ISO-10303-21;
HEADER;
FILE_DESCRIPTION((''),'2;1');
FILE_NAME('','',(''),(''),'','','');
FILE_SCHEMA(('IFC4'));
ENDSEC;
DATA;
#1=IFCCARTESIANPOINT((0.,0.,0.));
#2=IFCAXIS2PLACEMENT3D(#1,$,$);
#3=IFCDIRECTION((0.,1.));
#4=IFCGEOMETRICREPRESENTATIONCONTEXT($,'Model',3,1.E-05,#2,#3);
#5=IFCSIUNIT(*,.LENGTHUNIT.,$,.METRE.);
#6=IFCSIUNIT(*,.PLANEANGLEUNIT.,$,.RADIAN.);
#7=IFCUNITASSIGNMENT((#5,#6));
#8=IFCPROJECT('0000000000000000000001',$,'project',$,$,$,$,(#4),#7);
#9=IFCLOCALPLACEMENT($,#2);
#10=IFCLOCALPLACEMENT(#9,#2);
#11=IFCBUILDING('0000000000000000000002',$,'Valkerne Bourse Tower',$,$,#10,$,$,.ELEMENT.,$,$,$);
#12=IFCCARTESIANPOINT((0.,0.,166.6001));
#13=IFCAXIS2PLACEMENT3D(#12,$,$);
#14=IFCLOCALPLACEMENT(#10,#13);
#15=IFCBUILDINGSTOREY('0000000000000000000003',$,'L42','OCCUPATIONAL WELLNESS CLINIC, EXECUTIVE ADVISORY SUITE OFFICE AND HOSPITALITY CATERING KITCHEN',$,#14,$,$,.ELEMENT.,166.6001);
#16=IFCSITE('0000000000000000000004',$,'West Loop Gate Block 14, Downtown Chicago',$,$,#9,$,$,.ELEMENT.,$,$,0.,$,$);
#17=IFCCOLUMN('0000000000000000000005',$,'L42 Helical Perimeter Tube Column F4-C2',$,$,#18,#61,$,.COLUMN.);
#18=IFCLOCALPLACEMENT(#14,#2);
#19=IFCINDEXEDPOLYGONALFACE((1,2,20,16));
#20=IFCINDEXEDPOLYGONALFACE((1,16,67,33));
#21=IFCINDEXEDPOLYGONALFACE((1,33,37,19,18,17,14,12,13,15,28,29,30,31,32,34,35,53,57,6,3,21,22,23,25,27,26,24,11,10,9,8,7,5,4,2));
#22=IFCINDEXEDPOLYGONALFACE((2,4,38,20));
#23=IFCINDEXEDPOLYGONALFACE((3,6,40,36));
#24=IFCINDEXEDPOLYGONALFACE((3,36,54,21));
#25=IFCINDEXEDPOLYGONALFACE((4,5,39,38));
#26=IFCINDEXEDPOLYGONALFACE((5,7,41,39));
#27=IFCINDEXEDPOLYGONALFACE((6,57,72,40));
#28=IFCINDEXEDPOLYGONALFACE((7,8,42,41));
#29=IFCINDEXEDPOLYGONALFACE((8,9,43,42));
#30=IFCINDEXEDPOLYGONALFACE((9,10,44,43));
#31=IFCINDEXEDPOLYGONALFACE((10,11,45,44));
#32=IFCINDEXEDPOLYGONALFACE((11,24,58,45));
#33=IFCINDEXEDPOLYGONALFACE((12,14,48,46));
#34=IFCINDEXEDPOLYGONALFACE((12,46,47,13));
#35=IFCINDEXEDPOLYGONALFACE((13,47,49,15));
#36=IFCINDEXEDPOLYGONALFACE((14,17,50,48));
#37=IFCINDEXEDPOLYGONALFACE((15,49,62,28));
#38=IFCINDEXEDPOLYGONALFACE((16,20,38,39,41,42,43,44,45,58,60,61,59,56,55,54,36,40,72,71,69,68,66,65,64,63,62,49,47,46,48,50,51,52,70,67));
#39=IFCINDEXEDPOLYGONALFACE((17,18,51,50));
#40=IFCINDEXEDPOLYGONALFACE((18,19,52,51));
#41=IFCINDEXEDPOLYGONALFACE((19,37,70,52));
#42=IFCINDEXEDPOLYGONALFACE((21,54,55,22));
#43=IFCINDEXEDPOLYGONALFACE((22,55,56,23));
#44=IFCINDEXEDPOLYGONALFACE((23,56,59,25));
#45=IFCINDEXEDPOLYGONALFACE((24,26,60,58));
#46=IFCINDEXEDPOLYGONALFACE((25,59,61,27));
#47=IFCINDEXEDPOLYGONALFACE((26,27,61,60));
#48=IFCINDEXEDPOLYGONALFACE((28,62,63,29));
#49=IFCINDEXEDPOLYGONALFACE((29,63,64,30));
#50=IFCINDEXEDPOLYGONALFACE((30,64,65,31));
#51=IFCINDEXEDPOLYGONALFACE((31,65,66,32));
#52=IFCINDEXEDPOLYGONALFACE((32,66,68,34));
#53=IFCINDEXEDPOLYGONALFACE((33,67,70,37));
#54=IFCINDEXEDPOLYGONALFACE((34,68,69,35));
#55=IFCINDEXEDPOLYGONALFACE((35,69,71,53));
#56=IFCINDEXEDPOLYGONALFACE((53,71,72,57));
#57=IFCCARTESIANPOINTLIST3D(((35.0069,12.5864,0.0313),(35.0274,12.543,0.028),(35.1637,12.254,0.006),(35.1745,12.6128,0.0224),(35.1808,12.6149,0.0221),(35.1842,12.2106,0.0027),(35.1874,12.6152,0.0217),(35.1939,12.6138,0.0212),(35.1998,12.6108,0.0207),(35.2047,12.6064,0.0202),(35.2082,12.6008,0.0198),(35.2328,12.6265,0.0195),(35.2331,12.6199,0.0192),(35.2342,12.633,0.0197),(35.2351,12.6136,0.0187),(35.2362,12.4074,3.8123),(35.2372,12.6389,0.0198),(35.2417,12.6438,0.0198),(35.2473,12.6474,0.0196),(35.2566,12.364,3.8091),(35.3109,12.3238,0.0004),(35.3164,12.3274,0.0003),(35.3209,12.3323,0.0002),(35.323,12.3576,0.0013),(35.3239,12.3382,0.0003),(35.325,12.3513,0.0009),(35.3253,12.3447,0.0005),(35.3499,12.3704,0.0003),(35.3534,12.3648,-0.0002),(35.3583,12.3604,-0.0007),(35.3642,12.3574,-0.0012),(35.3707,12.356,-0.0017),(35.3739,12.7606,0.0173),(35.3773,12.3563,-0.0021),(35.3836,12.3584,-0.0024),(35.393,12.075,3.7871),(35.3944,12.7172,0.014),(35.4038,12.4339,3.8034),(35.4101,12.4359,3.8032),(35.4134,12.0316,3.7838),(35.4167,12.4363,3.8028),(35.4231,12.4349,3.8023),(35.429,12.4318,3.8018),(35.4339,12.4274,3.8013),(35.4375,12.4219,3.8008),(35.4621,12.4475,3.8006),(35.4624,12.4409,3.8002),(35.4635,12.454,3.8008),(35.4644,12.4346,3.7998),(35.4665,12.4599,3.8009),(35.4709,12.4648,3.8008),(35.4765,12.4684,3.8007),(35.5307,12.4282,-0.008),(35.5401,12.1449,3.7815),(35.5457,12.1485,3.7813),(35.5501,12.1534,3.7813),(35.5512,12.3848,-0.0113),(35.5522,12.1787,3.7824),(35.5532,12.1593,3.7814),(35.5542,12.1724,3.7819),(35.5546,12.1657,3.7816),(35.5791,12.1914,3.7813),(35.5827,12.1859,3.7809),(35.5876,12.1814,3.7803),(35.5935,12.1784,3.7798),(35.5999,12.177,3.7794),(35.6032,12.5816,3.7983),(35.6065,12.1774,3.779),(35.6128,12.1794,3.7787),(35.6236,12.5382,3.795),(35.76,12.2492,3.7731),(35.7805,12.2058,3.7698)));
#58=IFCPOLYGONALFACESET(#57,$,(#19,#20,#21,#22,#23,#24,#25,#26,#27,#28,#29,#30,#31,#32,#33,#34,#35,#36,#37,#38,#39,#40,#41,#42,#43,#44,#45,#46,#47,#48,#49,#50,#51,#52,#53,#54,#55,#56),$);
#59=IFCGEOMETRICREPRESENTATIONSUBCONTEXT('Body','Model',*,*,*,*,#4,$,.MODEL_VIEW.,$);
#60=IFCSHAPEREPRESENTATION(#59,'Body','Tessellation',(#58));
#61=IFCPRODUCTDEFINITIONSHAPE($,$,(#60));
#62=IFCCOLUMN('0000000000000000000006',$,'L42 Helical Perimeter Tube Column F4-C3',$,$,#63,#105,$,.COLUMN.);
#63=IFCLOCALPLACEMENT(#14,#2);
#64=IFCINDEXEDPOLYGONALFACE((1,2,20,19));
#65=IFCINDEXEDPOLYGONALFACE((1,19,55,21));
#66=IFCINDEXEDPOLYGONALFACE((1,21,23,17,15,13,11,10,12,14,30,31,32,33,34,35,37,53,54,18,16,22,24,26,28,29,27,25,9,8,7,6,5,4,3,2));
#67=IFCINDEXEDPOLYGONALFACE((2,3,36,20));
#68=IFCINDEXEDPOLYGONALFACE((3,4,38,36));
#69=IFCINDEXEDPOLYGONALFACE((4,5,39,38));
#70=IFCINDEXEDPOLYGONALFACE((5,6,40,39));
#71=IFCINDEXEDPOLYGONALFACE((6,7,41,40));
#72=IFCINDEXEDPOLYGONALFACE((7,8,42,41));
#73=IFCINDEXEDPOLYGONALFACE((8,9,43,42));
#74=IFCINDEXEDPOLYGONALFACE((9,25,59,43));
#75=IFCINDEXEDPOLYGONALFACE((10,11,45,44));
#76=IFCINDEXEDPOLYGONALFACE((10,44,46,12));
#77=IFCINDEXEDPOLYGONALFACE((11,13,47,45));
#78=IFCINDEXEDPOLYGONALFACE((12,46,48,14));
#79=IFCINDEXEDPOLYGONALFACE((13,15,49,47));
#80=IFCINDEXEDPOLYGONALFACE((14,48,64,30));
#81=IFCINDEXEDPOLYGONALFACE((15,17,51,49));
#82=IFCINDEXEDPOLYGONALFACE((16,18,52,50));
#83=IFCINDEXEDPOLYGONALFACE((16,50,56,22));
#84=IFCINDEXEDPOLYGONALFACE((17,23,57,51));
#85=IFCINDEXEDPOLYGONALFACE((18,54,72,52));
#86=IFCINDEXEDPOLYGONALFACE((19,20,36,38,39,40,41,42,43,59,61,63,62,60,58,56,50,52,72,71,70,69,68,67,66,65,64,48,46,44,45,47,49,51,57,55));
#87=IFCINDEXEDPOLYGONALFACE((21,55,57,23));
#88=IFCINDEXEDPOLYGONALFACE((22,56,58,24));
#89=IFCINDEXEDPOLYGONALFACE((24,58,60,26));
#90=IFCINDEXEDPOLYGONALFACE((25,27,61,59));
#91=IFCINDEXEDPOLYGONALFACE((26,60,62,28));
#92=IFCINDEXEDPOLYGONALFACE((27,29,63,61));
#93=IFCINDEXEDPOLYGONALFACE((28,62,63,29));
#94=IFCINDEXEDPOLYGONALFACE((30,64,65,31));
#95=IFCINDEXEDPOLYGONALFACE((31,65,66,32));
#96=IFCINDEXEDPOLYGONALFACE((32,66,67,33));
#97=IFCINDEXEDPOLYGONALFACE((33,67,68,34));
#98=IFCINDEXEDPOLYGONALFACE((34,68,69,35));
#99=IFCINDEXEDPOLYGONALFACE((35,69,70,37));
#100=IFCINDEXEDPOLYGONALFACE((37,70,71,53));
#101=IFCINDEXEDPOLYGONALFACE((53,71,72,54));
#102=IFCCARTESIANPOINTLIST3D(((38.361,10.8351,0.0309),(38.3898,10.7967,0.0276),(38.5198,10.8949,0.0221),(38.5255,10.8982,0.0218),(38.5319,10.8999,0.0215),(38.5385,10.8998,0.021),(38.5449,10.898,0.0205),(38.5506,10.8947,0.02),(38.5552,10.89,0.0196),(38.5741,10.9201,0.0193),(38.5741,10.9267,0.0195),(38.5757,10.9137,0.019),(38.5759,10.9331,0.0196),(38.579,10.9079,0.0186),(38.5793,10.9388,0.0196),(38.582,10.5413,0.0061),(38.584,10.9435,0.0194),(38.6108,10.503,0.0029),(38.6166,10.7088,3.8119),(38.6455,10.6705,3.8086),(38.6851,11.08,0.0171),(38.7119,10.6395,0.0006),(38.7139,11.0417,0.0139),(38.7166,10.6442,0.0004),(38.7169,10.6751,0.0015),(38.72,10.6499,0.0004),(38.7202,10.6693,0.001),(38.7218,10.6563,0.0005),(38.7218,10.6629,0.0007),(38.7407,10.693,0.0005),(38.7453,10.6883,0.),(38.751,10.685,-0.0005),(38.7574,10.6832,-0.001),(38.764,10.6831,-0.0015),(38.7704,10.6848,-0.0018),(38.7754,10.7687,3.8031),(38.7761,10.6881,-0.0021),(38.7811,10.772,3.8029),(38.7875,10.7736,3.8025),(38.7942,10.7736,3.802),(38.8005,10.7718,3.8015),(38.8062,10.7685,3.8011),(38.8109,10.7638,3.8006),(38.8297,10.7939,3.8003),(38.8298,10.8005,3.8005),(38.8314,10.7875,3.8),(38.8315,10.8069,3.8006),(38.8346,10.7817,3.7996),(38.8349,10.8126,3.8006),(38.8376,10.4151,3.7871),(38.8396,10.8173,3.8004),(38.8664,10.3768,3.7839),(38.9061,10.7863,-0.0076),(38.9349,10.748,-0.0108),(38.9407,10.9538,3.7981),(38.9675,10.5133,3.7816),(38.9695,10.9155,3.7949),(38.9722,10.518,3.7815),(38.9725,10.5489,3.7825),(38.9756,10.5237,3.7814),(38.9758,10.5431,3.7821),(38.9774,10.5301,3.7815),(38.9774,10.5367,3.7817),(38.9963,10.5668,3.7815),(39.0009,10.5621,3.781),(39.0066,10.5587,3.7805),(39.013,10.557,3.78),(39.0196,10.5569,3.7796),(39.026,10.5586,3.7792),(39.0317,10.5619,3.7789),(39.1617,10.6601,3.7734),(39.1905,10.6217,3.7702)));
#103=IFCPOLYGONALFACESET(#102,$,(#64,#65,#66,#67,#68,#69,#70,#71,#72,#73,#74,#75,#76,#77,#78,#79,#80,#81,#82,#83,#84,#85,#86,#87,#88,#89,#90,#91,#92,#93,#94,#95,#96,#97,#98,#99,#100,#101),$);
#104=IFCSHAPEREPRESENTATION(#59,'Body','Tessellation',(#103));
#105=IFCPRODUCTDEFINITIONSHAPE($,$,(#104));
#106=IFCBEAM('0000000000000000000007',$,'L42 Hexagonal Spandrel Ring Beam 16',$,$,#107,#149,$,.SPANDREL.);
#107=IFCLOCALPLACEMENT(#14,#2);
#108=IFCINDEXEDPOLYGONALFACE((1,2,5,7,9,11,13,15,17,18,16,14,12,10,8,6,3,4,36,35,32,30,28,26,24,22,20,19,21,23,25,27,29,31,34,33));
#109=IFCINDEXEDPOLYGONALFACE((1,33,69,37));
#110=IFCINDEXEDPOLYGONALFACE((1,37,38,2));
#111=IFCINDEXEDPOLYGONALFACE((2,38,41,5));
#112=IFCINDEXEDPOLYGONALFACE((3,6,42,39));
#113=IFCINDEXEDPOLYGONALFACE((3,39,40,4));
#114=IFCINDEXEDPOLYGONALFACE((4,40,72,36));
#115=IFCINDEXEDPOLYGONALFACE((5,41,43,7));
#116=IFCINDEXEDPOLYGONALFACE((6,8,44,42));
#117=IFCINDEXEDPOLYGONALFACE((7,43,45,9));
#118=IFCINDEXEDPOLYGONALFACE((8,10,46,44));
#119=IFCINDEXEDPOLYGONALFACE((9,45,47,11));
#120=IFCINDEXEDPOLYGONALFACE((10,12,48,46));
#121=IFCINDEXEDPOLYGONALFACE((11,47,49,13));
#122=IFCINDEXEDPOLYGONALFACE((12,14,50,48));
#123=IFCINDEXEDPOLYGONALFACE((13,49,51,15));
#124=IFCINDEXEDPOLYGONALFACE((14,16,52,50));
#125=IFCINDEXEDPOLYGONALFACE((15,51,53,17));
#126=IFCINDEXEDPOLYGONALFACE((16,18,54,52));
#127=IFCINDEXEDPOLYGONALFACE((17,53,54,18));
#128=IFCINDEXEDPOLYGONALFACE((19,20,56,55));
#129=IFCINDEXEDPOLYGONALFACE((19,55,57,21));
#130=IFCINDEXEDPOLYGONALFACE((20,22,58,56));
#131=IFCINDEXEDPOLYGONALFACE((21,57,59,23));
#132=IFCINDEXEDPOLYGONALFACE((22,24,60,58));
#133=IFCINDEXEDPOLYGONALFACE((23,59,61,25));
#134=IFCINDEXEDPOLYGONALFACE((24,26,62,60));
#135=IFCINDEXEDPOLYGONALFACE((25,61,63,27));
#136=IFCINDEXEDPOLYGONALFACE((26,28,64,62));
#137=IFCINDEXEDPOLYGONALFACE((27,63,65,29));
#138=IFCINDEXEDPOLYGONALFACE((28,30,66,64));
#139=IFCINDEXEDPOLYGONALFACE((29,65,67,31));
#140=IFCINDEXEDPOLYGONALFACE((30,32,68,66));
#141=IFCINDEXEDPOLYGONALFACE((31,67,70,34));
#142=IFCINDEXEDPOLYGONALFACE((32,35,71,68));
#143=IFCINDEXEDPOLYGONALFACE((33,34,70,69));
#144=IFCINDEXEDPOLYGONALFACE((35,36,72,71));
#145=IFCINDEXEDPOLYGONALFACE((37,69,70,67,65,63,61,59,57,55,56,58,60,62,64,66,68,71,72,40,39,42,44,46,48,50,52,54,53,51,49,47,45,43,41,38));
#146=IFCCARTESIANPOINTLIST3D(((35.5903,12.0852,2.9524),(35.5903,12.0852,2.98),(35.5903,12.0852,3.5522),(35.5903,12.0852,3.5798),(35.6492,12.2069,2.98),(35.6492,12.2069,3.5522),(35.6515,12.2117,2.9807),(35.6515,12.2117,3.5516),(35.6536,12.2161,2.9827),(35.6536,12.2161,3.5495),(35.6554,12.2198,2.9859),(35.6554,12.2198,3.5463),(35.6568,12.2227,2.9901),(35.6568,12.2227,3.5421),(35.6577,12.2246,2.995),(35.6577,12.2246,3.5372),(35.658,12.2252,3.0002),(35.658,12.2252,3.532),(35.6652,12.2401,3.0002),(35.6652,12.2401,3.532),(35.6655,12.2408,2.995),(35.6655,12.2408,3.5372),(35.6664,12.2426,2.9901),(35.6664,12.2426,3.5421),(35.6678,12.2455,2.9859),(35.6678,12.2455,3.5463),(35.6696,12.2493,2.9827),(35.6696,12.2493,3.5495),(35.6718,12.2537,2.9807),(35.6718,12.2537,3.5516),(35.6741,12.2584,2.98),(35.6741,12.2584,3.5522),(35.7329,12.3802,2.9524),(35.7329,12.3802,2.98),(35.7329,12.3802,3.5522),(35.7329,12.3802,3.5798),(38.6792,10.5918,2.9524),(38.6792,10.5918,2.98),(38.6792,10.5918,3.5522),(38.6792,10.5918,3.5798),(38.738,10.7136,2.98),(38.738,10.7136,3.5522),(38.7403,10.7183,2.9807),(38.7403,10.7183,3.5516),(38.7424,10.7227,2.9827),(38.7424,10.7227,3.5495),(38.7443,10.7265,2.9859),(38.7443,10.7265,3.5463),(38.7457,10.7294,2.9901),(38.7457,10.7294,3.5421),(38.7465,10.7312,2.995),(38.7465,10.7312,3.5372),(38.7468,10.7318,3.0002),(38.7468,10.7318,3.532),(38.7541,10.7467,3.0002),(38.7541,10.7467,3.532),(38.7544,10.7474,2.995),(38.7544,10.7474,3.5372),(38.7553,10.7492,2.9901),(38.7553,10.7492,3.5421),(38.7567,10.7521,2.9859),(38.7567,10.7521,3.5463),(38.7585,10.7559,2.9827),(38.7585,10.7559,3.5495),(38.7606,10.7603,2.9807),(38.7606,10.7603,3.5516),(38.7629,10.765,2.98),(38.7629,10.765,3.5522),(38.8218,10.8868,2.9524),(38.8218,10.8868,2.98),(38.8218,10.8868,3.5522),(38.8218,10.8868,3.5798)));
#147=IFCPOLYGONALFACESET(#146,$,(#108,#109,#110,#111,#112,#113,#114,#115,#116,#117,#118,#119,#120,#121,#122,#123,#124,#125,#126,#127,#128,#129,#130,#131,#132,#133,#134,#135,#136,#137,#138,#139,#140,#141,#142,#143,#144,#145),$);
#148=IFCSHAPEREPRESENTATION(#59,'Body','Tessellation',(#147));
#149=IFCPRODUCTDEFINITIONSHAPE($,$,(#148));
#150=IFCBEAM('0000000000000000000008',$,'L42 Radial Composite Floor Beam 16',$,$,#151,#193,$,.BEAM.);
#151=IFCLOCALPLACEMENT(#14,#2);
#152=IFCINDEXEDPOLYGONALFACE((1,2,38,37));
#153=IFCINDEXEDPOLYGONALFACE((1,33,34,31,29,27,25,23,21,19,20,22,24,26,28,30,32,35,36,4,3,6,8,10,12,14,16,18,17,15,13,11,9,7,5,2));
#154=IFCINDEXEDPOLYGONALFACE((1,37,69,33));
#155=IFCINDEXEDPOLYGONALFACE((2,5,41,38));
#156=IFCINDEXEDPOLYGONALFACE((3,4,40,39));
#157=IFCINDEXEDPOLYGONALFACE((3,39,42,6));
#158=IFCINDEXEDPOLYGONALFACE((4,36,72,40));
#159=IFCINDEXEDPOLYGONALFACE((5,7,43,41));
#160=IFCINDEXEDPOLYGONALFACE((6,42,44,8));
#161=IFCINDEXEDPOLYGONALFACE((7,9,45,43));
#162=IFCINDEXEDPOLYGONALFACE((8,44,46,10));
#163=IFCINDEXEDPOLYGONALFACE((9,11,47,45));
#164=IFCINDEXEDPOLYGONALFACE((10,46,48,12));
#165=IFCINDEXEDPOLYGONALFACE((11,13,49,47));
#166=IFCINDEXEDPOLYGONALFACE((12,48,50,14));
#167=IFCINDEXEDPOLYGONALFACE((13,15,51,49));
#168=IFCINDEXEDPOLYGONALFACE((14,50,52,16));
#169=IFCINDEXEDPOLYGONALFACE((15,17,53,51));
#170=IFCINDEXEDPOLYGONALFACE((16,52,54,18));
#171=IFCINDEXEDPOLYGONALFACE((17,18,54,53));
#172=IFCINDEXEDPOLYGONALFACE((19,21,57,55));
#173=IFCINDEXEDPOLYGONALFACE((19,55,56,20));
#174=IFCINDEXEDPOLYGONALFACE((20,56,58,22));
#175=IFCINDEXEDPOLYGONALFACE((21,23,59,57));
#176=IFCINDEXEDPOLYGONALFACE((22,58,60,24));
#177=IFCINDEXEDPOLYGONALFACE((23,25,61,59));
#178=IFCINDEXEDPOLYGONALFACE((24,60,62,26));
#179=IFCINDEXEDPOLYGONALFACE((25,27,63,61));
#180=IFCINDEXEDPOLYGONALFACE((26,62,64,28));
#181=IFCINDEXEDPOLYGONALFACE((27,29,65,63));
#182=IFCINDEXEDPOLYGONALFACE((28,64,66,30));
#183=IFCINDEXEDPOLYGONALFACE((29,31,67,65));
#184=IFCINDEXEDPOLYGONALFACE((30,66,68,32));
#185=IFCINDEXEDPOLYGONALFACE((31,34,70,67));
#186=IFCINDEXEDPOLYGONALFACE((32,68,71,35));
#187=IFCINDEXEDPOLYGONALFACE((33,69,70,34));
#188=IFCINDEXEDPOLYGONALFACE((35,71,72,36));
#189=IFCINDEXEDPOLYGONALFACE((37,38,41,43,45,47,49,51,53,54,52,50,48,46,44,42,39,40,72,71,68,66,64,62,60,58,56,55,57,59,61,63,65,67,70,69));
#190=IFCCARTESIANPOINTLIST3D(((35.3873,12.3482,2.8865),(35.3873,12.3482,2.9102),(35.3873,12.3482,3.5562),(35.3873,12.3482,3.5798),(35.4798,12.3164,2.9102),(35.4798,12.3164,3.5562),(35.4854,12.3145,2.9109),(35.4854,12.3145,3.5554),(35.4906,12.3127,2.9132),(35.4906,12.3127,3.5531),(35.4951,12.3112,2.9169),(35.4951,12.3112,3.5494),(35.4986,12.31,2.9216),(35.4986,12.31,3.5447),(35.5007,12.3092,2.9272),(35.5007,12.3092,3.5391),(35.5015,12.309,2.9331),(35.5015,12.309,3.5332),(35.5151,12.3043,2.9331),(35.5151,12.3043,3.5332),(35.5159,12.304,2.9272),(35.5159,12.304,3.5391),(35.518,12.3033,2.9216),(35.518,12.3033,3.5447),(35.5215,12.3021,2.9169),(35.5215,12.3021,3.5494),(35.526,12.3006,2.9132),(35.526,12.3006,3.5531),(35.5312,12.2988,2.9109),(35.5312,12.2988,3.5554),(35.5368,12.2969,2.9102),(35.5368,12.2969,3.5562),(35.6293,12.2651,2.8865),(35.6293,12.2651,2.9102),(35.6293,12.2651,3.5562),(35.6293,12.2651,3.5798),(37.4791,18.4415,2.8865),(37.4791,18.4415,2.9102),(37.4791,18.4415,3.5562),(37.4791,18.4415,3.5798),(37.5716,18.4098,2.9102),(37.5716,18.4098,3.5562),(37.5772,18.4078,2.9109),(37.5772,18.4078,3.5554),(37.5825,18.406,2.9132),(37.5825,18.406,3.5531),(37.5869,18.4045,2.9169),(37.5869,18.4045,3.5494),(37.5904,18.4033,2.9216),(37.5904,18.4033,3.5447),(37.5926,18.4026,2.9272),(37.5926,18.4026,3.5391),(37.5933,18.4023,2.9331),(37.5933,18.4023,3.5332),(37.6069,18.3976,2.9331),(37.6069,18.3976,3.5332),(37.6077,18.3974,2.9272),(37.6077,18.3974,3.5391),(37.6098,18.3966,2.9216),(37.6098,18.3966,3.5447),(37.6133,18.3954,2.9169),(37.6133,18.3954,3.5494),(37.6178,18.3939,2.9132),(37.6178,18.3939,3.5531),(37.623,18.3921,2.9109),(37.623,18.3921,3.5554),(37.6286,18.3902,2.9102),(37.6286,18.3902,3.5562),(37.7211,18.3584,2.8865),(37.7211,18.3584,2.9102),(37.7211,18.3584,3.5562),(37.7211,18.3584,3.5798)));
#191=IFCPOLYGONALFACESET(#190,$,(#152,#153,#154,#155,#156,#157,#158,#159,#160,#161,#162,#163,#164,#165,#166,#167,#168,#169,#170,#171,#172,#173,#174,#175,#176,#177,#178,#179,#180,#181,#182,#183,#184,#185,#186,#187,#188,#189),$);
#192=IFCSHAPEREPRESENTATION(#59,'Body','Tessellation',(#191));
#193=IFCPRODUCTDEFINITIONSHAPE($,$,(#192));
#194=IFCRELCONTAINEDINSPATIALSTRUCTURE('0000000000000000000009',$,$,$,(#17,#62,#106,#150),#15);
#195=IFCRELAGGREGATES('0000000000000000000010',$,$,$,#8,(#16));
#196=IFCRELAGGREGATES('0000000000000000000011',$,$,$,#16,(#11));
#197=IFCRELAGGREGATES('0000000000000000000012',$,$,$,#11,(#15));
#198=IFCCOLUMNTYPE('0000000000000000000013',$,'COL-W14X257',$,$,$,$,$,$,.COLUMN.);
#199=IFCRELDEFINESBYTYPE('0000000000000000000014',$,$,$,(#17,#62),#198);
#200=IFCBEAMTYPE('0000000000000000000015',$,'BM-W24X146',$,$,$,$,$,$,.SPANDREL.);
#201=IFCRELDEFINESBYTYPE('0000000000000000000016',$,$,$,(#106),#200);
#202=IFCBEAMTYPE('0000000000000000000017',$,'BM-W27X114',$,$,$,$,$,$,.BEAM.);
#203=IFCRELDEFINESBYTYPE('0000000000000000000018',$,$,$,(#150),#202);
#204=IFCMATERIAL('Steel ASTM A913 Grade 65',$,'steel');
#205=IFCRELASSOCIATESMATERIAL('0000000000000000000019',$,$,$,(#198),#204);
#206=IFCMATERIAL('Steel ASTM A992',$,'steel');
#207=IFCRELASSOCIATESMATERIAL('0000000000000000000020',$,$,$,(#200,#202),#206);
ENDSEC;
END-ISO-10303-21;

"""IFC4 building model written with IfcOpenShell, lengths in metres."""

from ifc_helpers import new_model, si_unit, direction, frame, origin, origin_2d, place, context, subcontext, project, spatial, i_section, extrude, material, material_profile, profile_set, type_object, element, save


model = new_model("IFC4")

# Units and contexts
model_context = context("Model", 3, precision=1e-05, world=origin(), true_north=direction((0.0, 1.0)))
body_context = subcontext(model_context, "Body", "Model", "MODEL_VIEW")
ifc_project = project(units=[si_unit("LENGTHUNIT", "METRE"), si_unit("PLANEANGLEUNIT", "RADIAN")], contexts=[model_context])

# Site, building, storey
site_placement = place(None, origin())
site = spatial("IfcSite", under=ifc_project, at=site_placement, Name="West Loop Gate Block 14, Downtown Chicago", CompositionType="ELEMENT", RefElevation=0.0)
building_placement = place(site_placement, origin())
building = spatial("IfcBuilding", under=site, at=building_placement, Name="Valkerne Bourse Tower", CompositionType="ELEMENT")
storey_placement = place(building_placement, frame((0.0, 0.0, 166.6001)))
storey = spatial("IfcBuildingStorey", under=building, at=storey_placement, Name="L42", Description="OCCUPATIONAL WELLNESS CLINIC, EXECUTIVE ADVISORY SUITE OFFICE AND HOSPITALITY CATERING KITCHEN", CompositionType="ELEMENT", Elevation=166.6001)

# Columns
ifc_material_1 = material(Name="Steel ASTM A913 Grade 65", Category="steel")
ifc_material_profile_1 = material_profile(ifc_material_1, i_section(OverallWidth=0.4065, OverallDepth=0.4165, WebThickness=0.0298, FlangeThickness=0.0481, FilletRadius=0.0254, at=origin_2d()), Name="W14X257")
ifc_profile_set_1 = profile_set([ifc_material_profile_1], Name="Steel ASTM A913 Grade 65")
column_type = type_object("IfcColumnType", Name="COL-W14X257", PredefinedType="COLUMN", material=ifc_profile_set_1)
column_1_placement = place(storey_placement, frame((35.2791, 12.4856, 0.01), z_axis=(0.060453, -0.047191, 0.997055), x_axis=(0.902862, 0.428547, -0.034459)))
element("IfcColumn", 1, at=column_1_placement, inside=storey, type_object=column_type, Name="L42 Helical Perimeter Tube Column F4-C2", PredefinedType="COLUMN", context=body_context, shape_type="SweptSolid", body=[
    extrude(i_section(OverallWidth=0.4065, OverallDepth=0.4165, WebThickness=0.0298, FlangeThickness=0.0481, FilletRadius=0.0254, at=origin_2d()), origin(), (0.0, 0.0, 1.0), 3.7922),
])
column_2_placement = place(storey_placement, frame((38.6479, 10.7915, 0.01), z_axis=(0.067414, -0.033288, 0.99717), x_axis=(0.797283, 0.60266, -0.033782)))
element("IfcColumn", 2, at=column_2_placement, inside=storey, type_object=column_type, Name="L42 Helical Perimeter Tube Column F4-C3", PredefinedType="COLUMN", context=body_context, shape_type="SweptSolid", body=[
    extrude(i_section(OverallWidth=0.4065, OverallDepth=0.4165, WebThickness=0.0298, FlangeThickness=0.0481, FilletRadius=0.0254, at=origin_2d()), origin(), (0.0, 0.0, 1.0), 3.7917),
])

# Beams
ifc_material_2 = material(Name="Steel ASTM A992", Category="steel")
ifc_material_profile_2 = material_profile(ifc_material_2, i_section(OverallWidth=0.3276, OverallDepth=0.6274, WebThickness=0.0166, FlangeThickness=0.0276, FilletRadius=0.0203, at=origin_2d()), Name="W24X146")
ifc_profile_set_2 = profile_set([ifc_material_profile_2], Name="Steel ASTM A992")
beam_type_1 = type_object("IfcBeamType", Name="BM-W24X146", PredefinedType="SPANDREL", material=ifc_profile_set_2)
beam_1_placement = place(storey_placement, frame((35.6616, 12.2327, 3.2661), z_axis=(0.900297, -0.435276, 0.0), x_axis=(0.435276, 0.900297, 0.0)))
element("IfcBeam", 3, at=beam_1_placement, inside=storey, type_object=beam_type_1, Name="L42 Hexagonal Spandrel Ring Beam 16", PredefinedType="SPANDREL", context=body_context, shape_type="SweptSolid", body=[
    extrude(i_section(OverallWidth=0.3276, OverallDepth=0.6274, WebThickness=0.0166, FlangeThickness=0.0276, FilletRadius=0.0203, at=origin_2d()), origin(), (0.0, 0.0, 1.0), 3.4309),
])
ifc_material_profile_3 = material_profile(ifc_material_2, i_section(OverallWidth=0.2559, OverallDepth=0.6934, WebThickness=0.0144, FlangeThickness=0.0237, FilletRadius=0.0229, at=origin_2d()), Name="W27X114")
ifc_profile_set_3 = profile_set([ifc_material_profile_3], Name="Steel ASTM A992")
beam_type_2 = type_object("IfcBeamType", Name="BM-W27X114", PredefinedType="BEAM", material=ifc_profile_set_3)
beam_2_placement = place(storey_placement, frame((35.5083, 12.3066, 3.2332), z_axis=(0.324696, 0.945818, 0.0), x_axis=(-0.945818, 0.324696, 0.0)))
element("IfcBeam", 4, at=beam_2_placement, inside=storey, type_object=beam_type_2, Name="L42 Radial Composite Floor Beam 16", PredefinedType="BEAM", context=body_context, shape_type="SweptSolid", body=[
    extrude(i_section(OverallWidth=0.2559, OverallDepth=0.6934, WebThickness=0.0144, FlangeThickness=0.0237, FilletRadius=0.0229, at=origin_2d()), origin(), (0.0, 0.0, 1.0), 6.4424),
])

save(model, "model.ifc")
